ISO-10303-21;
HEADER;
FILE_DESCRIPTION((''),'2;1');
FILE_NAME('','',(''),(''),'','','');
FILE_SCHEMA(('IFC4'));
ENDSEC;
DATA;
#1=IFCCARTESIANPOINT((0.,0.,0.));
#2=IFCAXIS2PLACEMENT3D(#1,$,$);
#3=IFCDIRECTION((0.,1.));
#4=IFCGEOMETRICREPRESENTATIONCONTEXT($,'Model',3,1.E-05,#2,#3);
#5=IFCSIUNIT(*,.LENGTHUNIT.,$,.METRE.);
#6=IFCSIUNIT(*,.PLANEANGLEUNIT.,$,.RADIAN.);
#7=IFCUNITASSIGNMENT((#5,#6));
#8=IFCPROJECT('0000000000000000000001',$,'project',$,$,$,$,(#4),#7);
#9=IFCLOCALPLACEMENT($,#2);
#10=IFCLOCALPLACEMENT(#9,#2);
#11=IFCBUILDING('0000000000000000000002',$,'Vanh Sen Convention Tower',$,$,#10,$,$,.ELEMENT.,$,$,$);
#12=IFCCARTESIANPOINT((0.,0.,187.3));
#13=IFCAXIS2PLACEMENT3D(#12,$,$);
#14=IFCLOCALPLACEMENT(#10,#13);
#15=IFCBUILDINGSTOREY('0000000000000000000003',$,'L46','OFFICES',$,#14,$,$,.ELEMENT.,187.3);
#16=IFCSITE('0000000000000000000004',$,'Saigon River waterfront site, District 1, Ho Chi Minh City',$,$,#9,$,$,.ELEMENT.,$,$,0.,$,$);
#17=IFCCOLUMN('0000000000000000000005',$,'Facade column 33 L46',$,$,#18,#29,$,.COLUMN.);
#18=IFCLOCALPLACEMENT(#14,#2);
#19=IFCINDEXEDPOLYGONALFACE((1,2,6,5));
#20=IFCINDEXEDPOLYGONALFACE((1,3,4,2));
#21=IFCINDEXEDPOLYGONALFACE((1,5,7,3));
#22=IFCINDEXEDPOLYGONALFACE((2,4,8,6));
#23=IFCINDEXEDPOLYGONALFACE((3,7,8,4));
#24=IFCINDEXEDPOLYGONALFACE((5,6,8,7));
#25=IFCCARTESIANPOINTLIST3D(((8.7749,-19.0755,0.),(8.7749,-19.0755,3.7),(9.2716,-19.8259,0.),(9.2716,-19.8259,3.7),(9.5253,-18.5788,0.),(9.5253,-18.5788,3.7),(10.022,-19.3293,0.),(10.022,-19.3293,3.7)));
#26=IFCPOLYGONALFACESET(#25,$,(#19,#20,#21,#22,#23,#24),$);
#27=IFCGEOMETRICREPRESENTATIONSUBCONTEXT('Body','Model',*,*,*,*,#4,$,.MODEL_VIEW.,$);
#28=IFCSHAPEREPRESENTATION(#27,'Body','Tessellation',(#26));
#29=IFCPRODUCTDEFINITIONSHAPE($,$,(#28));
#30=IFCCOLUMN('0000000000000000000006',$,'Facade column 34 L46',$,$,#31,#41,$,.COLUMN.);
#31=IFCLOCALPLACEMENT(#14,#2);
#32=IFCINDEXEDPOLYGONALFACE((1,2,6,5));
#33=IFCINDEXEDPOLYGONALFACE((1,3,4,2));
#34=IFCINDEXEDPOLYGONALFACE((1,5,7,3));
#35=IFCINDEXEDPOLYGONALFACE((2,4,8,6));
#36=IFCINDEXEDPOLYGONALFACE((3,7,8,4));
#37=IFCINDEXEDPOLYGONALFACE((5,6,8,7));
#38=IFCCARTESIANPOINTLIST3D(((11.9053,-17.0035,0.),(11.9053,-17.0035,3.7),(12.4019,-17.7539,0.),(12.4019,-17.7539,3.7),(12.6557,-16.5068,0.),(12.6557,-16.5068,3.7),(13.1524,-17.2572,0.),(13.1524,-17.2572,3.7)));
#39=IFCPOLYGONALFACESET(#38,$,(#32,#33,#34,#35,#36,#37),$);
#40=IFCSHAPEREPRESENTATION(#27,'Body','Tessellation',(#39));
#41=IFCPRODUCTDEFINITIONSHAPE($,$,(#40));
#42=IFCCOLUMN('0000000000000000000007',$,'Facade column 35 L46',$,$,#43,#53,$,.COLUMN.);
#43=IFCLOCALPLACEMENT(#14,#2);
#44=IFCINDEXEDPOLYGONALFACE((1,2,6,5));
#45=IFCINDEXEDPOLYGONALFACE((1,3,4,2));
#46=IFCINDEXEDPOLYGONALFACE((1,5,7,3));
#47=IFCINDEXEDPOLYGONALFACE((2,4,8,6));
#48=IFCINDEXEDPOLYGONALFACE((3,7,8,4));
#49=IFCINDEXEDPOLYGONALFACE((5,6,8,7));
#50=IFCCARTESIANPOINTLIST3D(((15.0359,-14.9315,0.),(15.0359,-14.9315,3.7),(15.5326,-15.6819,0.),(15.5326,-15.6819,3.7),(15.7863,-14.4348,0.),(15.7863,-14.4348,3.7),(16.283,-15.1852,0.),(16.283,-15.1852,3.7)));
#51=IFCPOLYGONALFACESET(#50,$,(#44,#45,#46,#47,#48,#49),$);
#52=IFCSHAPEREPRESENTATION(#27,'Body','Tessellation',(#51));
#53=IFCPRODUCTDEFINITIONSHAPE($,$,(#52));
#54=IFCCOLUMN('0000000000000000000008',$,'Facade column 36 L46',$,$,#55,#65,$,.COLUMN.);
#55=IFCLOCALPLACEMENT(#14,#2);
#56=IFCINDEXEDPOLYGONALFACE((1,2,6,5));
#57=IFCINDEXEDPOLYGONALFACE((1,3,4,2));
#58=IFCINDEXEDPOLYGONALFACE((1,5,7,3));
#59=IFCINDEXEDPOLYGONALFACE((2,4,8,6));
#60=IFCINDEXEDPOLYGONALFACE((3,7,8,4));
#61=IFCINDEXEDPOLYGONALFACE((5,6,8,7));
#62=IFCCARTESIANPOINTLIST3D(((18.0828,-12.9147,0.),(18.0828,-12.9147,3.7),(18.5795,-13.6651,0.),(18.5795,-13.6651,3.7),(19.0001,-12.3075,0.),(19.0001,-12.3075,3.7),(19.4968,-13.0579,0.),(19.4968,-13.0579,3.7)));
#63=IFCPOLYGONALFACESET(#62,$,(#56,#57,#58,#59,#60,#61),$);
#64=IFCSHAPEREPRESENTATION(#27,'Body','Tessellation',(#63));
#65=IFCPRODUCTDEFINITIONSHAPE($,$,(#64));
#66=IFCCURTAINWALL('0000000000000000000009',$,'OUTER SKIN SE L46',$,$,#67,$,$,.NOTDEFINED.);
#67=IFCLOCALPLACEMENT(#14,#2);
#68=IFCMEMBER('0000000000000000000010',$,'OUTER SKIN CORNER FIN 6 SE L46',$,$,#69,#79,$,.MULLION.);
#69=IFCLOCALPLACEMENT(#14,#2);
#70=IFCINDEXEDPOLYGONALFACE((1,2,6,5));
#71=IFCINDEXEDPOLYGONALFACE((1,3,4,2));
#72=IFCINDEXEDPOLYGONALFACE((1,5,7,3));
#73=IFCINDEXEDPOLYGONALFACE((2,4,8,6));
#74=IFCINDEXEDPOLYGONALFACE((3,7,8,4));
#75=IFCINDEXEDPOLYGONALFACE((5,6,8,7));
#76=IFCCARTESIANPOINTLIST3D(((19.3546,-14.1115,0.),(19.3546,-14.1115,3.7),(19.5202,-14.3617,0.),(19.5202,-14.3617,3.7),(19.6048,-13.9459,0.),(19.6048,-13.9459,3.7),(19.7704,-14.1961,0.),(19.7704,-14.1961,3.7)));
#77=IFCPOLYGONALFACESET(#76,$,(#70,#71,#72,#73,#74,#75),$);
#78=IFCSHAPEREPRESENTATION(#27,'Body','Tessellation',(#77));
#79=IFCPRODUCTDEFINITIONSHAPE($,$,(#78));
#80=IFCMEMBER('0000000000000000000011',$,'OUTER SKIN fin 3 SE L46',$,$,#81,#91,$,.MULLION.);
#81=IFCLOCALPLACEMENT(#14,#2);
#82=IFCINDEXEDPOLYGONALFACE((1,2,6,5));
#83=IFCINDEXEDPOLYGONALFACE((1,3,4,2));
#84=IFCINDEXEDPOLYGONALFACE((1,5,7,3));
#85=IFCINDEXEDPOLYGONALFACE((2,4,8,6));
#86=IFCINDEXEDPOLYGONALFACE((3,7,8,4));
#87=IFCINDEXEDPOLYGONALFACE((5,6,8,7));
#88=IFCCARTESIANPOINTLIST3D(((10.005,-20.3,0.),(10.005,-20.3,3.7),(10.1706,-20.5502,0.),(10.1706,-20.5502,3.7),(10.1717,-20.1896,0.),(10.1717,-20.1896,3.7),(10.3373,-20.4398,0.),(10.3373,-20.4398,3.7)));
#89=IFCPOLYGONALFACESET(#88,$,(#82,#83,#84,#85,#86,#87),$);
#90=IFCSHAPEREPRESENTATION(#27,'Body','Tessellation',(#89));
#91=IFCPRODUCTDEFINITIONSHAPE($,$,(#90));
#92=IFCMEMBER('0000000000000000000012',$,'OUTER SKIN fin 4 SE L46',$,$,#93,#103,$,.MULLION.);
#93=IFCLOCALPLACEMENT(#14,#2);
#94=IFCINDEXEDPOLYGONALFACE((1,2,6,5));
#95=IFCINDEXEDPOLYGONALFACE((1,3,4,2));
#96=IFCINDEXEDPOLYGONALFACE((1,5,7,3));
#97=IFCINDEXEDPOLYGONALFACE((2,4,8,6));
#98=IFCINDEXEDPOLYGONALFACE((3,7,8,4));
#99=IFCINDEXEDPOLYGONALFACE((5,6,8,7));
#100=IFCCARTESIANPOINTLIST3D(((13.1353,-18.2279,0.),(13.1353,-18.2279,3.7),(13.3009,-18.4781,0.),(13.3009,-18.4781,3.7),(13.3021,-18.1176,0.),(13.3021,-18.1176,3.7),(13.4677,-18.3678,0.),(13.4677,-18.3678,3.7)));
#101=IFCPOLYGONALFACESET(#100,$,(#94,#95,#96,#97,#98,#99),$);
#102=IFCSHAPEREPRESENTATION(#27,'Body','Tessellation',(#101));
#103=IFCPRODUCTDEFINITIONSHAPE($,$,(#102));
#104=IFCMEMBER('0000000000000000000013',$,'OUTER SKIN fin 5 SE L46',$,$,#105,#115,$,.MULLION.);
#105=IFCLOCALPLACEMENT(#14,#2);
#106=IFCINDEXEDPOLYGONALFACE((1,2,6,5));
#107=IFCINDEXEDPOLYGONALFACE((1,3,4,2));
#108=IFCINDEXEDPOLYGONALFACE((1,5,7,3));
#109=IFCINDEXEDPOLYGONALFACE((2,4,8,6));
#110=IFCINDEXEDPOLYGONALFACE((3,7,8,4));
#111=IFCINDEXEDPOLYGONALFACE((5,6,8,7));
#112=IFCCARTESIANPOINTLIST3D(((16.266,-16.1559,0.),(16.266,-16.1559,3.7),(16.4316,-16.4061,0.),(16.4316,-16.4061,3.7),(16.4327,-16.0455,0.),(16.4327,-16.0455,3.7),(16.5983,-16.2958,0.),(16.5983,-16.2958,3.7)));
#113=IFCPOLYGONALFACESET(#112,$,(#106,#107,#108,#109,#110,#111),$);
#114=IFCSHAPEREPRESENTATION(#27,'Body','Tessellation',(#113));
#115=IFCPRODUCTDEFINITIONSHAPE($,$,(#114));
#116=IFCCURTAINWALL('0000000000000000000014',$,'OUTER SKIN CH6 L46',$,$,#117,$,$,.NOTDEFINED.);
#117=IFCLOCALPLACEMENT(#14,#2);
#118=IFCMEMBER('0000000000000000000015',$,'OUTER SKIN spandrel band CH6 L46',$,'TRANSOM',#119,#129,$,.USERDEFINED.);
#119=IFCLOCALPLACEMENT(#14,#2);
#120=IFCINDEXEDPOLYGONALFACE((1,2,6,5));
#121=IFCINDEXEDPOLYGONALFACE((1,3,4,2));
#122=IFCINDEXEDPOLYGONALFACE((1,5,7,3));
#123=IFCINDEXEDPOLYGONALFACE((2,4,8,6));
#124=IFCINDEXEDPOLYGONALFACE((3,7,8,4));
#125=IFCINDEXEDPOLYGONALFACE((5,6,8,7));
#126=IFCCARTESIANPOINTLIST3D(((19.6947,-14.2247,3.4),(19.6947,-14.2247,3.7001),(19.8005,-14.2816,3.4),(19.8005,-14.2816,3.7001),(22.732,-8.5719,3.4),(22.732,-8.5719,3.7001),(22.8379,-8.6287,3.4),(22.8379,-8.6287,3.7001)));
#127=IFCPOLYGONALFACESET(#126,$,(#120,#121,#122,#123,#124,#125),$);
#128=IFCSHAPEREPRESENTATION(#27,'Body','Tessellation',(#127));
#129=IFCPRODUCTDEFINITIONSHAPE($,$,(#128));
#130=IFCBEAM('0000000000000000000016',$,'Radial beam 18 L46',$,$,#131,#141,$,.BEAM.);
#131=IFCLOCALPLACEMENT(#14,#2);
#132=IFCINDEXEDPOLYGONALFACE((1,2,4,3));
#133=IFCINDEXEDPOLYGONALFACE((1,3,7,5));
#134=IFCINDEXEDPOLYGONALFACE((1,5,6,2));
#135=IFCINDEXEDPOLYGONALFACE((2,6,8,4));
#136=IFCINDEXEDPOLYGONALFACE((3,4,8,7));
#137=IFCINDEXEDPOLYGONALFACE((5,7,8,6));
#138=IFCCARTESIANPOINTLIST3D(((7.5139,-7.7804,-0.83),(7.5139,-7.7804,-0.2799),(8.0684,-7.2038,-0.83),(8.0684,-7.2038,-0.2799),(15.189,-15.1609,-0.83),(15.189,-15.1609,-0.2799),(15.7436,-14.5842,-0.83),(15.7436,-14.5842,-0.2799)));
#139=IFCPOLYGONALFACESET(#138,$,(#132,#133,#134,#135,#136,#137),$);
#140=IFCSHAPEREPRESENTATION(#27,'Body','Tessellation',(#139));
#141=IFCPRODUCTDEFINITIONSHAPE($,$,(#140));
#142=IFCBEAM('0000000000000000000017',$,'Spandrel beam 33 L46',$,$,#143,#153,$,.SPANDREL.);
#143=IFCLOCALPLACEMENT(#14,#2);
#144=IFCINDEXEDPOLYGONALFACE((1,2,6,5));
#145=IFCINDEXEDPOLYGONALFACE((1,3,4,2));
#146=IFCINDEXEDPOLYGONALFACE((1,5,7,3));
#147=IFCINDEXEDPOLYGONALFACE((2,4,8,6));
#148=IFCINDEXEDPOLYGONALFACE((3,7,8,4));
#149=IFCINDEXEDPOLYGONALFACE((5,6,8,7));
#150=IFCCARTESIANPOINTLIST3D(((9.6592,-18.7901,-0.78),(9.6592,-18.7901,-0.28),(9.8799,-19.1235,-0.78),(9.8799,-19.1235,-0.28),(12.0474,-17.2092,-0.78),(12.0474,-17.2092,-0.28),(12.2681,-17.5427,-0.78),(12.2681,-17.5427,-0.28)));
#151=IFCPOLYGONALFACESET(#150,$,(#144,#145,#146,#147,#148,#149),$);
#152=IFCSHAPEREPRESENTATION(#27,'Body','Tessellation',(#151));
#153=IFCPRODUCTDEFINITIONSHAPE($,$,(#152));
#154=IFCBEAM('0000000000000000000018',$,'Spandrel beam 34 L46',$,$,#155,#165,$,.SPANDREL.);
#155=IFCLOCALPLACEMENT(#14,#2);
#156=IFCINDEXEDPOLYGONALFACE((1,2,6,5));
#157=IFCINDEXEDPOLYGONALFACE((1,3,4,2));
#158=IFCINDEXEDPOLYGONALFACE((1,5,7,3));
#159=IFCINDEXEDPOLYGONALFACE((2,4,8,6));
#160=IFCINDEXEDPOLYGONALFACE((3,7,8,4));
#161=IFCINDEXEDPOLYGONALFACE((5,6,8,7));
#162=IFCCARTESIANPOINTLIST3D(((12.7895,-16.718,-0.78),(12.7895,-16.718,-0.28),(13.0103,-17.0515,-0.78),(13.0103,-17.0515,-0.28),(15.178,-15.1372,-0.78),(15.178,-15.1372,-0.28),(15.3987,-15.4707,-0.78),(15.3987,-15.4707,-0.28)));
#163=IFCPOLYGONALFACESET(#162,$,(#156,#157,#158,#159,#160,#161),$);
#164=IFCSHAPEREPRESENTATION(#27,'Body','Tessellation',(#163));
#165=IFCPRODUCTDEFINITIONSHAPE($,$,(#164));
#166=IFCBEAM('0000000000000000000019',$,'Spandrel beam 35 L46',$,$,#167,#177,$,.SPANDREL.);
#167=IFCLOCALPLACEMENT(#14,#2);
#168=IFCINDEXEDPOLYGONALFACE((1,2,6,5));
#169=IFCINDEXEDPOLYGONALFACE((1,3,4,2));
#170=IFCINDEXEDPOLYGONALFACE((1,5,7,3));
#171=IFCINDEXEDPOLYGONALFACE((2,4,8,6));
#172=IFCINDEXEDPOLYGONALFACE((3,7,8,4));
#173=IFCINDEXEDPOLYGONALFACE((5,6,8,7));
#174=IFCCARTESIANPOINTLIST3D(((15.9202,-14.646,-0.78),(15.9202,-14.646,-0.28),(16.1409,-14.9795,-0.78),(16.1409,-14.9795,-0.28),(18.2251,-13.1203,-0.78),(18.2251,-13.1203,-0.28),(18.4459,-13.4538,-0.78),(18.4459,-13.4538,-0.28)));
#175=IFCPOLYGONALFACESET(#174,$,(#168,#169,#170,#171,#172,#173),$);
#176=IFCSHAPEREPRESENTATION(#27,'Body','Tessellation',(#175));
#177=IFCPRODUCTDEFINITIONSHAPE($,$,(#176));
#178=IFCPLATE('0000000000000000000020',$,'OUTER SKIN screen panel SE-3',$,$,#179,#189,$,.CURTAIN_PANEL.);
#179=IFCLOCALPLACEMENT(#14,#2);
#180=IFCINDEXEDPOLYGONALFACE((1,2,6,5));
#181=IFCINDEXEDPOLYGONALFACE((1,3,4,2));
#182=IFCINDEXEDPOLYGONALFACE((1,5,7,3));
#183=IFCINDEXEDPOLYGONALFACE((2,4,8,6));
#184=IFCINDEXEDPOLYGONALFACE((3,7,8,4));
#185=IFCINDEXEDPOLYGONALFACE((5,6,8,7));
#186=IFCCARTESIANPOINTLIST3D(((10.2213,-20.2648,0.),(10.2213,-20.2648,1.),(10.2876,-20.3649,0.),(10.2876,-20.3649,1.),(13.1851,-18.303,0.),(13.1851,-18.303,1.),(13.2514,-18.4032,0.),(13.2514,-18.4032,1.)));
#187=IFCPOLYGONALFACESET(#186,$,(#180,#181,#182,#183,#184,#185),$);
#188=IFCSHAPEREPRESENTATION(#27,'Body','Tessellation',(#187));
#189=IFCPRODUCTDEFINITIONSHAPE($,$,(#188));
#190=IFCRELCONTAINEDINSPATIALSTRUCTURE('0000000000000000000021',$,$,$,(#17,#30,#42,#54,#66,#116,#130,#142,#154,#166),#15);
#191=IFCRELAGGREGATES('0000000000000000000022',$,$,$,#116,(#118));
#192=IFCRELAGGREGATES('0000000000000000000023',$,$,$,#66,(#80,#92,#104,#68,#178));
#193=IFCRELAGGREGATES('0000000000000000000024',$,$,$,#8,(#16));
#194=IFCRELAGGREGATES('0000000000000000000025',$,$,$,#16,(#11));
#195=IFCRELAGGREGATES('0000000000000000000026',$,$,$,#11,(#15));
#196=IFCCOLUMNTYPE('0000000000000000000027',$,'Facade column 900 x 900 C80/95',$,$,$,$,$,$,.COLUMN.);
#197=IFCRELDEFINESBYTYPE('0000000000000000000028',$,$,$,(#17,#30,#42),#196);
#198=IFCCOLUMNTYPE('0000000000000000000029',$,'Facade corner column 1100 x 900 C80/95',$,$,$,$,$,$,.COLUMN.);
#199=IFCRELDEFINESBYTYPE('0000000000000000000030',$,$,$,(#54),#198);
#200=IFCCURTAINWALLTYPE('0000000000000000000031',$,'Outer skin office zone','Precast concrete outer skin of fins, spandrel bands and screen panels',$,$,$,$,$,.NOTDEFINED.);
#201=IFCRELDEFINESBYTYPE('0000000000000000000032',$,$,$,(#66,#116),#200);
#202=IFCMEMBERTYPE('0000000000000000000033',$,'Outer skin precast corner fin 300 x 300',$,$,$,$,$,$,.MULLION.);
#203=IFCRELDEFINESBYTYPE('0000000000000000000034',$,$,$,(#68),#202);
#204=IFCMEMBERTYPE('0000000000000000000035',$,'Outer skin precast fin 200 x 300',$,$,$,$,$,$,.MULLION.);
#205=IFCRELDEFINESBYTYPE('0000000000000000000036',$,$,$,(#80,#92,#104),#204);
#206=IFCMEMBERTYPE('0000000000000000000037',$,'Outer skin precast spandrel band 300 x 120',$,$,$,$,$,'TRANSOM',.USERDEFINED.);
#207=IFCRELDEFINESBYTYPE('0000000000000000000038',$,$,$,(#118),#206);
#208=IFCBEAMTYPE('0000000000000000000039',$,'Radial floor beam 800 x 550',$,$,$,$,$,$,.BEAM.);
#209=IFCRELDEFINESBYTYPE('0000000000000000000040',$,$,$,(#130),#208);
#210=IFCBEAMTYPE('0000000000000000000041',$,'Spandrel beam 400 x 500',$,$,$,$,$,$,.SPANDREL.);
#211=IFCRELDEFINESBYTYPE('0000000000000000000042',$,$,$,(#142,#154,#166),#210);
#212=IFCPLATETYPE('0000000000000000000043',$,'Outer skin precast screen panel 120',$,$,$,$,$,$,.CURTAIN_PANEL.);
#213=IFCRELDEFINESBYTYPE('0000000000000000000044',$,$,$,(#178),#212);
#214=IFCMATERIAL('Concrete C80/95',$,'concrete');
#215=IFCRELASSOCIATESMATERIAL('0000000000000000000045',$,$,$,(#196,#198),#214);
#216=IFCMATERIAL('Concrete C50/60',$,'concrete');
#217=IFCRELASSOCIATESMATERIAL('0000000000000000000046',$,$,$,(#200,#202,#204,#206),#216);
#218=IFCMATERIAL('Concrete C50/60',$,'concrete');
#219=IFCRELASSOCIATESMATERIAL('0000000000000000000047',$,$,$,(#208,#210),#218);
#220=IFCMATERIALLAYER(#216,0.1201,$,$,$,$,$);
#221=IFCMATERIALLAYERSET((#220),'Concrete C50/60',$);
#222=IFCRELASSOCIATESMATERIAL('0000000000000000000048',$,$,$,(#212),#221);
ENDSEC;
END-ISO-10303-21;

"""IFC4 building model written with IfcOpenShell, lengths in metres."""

from ifc_helpers import new_model, si_unit, direction, frame, origin, origin_2d, place, context, subcontext, project, spatial, rectangle, extrude, material, layer, layer_set, material_profile, profile_set, type_object, element, aggregate, save


model = new_model("IFC4")

# Units and contexts
model_context = context("Model", 3, precision=1e-05, world=origin(), true_north=direction((0.0, 1.0)))
body_context = subcontext(model_context, "Body", "Model", "MODEL_VIEW")
ifc_project = project(units=[si_unit("LENGTHUNIT", "METRE"), si_unit("PLANEANGLEUNIT", "RADIAN")], contexts=[model_context])

# Site, building, storey
site_placement = place(None, origin())
site = spatial("IfcSite", under=ifc_project, at=site_placement, Name="Saigon River waterfront site, District 1, Ho Chi Minh City", CompositionType="ELEMENT", RefElevation=0.0)
building_placement = place(site_placement, origin())
building = spatial("IfcBuilding", under=site, at=building_placement, Name="Vanh Sen Convention Tower", CompositionType="ELEMENT")
storey_placement = place(building_placement, frame((0.0, 0.0, 187.3)))
storey = spatial("IfcBuildingStorey", under=building, at=storey_placement, Name="L46", Description="OFFICES", CompositionType="ELEMENT", Elevation=187.3)

# Columns
ifc_material_1 = material(Name="Concrete C80/95", Category="concrete")
ifc_material_profile_1 = material_profile(ifc_material_1, rectangle(XDim=0.8999, YDim=0.8999, at=origin_2d()), Name="RC 900X900")
ifc_profile_set_1 = profile_set([ifc_material_profile_1], Name="Concrete C80/95")
column_type_1 = type_object("IfcColumnType", Name="Facade column 900 x 900 C80/95", PredefinedType="COLUMN", material=ifc_profile_set_1)
for number, where, z_axis, x_axis, name in (
    (1, (9.3984, -19.2024, 0.0), (0.0, 0.0, 1.0), (0.833886, 0.551937, 0.0), "Facade column 33 L46"),
    (2, (12.5288, -17.1304, 0.0), (0.0, 0.0, 1.0), (0.833886, 0.551937, 0.0), "Facade column 34 L46"),
    (3, (15.6594, -15.0583, 0.0), (0.0, 0.0, 1.0), (0.833886, 0.551937, 0.0), "Facade column 35 L46"),
):
    element("IfcColumn", number, at=place(storey_placement, frame(where, z_axis=z_axis, x_axis=x_axis)), inside=storey, type_object=column_type_1, Name=name, PredefinedType="COLUMN", context=body_context, shape_type="SweptSolid", body=[
        extrude(rectangle(XDim=0.8999, YDim=0.8999, at=origin_2d()), origin(), (0.0, 0.0, 1.0), 3.7),
    ])
ifc_material_profile_2 = material_profile(ifc_material_1, rectangle(XDim=1.1001, YDim=0.8999, at=origin_2d()), Name="RC 1100X900")
ifc_profile_set_2 = profile_set([ifc_material_profile_2], Name="Concrete C80/95")
column_type_2 = type_object("IfcColumnType", Name="Facade corner column 1100 x 900 C80/95", PredefinedType="COLUMN", material=ifc_profile_set_2)
column_placement = place(storey_placement, frame((18.7898, -12.9863, 0.0), z_axis=(0.0, 0.0, 1.0), x_axis=(0.833886, 0.551937, 0.0)))
element("IfcColumn", 4, at=column_placement, inside=storey, type_object=column_type_2, Name="Facade column 36 L46", PredefinedType="COLUMN", context=body_context, shape_type="SweptSolid", body=[
    extrude(rectangle(XDim=1.1001, YDim=0.8999, at=origin_2d()), origin(), (0.0, 0.0, 1.0), 3.7),
])

# Curtain wall, members
ifc_material_2 = material(Name="Concrete C50/60", Category="concrete")
curtain_wall_type = type_object("IfcCurtainWallType", Name="Outer skin office zone", Description="Precast concrete outer skin of fins, spandrel bands and screen panels", PredefinedType="NOTDEFINED", material=ifc_material_2)
curtain_wall_1_placement = place(storey_placement, origin())
curtain_wall_1 = element("IfcCurtainWall", 5, at=curtain_wall_1_placement, inside=storey, type_object=curtain_wall_type, Name="OUTER SKIN SE L46", PredefinedType="NOTDEFINED")
ifc_material_profile_3 = material_profile(ifc_material_2, rectangle(XDim=0.3, YDim=0.3, at=origin_2d()), Name="Outer skin precast corner fin 300 x 300")
ifc_profile_set_3 = profile_set([ifc_material_profile_3], Name="Concrete C50/60")
member_type_1 = type_object("IfcMemberType", Name="Outer skin precast corner fin 300 x 300", PredefinedType="MULLION", material=ifc_profile_set_3)
member_1_placement = place(storey_placement, frame((19.5625, -14.1538, 0.0), z_axis=(0.0, 0.0, 1.0), x_axis=(0.833886, 0.551937, 0.0)))
member_1 = element("IfcMember", 6, at=member_1_placement, type_object=member_type_1, Name="OUTER SKIN CORNER FIN 6 SE L46", PredefinedType="MULLION", context=body_context, shape_type="SweptSolid", body=[
    extrude(rectangle(XDim=0.3, YDim=0.3, at=origin_2d()), origin(), (0.0, 0.0, 1.0), 3.7),
])
ifc_material_profile_4 = material_profile(ifc_material_2, rectangle(XDim=0.2, YDim=0.3, at=origin_2d()), Name="Outer skin precast fin 200 x 300")
ifc_profile_set_4 = profile_set([ifc_material_profile_4], Name="Concrete C50/60")
member_type_2 = type_object("IfcMemberType", Name="Outer skin precast fin 200 x 300", PredefinedType="MULLION", material=ifc_profile_set_4)
member_2_placement = place(storey_placement, frame((10.1711, -20.3699, 0.0), z_axis=(0.0, 0.0, 1.0), x_axis=(0.833886, 0.551937, 0.0)))
member_2 = element("IfcMember", 7, at=member_2_placement, type_object=member_type_2, Name="OUTER SKIN fin 3 SE L46", PredefinedType="MULLION", context=body_context, shape_type="SweptSolid", body=[
    extrude(rectangle(XDim=0.2, YDim=0.3, at=origin_2d()), origin(), (0.0, 0.0, 1.0), 3.7),
])
member_3_placement = place(storey_placement, frame((13.3015, -18.2979, 0.0), z_axis=(0.0, 0.0, 1.0), x_axis=(0.833886, 0.551937, 0.0)))
member_3 = element("IfcMember", 8, at=member_3_placement, type_object=member_type_2, Name="OUTER SKIN fin 4 SE L46", PredefinedType="MULLION", context=body_context, shape_type="SweptSolid", body=[
    extrude(rectangle(XDim=0.2, YDim=0.3, at=origin_2d()), origin(), (0.0, 0.0, 1.0), 3.7),
])
member_4_placement = place(storey_placement, frame((16.4321, -16.2258, 0.0), z_axis=(0.0, 0.0, 1.0), x_axis=(0.833886, 0.551937, 0.0)))
member_4 = element("IfcMember", 9, at=member_4_placement, type_object=member_type_2, Name="OUTER SKIN fin 5 SE L46", PredefinedType="MULLION", context=body_context, shape_type="SweptSolid", body=[
    extrude(rectangle(XDim=0.2, YDim=0.3, at=origin_2d()), origin(), (0.0, 0.0, 1.0), 3.7),
])

# Curtain wall, member
curtain_wall_2_placement = place(storey_placement, origin())
curtain_wall_2 = element("IfcCurtainWall", 10, at=curtain_wall_2_placement, inside=storey, type_object=curtain_wall_type, Name="OUTER SKIN CH6 L46", PredefinedType="NOTDEFINED")
ifc_material_profile_5 = material_profile(ifc_material_2, rectangle(XDim=0.1201, YDim=0.3, at=origin_2d()), Name="Outer skin precast spandrel band 300 x 120")
ifc_profile_set_5 = profile_set([ifc_material_profile_5], Name="Concrete C50/60")
member_type_3 = type_object("IfcMemberType", Name="Outer skin precast spandrel band 300 x 120", ElementType="TRANSOM", PredefinedType="USERDEFINED", material=ifc_profile_set_5)
member_5_placement = place(storey_placement, frame((19.7476, -14.2532, 3.55), z_axis=(0.473317, 0.880892, 0.0), x_axis=(-0.880892, 0.473317, 0.0)))
member_5 = element("IfcMember", 11, at=member_5_placement, type_object=member_type_3, Name="OUTER SKIN spandrel band CH6 L46", ObjectType="TRANSOM", PredefinedType="USERDEFINED", context=body_context, shape_type="SweptSolid", body=[
    extrude(rectangle(XDim=0.1201, YDim=0.3, at=origin_2d()), origin(), (0.0, 0.0, 1.0), 6.4172),
])
aggregate(curtain_wall_2, [member_5])

# Beams
ifc_material_3 = material(Name="Concrete C50/60", Category="concrete")
ifc_material_profile_6 = material_profile(ifc_material_3, rectangle(XDim=0.8, YDim=0.55, at=origin_2d()), Name="RC 800X550")
ifc_profile_set_6 = profile_set([ifc_material_profile_6], Name="Concrete C50/60")
beam_type_1 = type_object("IfcBeamType", Name="Radial floor beam 800 x 550", PredefinedType="BEAM", material=ifc_profile_set_6)
beam_1_placement = place(storey_placement, frame((15.4663, -14.8726, -0.5549), z_axis=(-0.720809, 0.693134, 0.0), x_axis=(-0.693134, -0.720809, 0.0)))
element("IfcBeam", 12, at=beam_1_placement, inside=storey, type_object=beam_type_1, Name="Radial beam 18 L46", PredefinedType="BEAM", context=body_context, shape_type="SweptSolid", body=[
    extrude(rectangle(XDim=0.8, YDim=0.55, at=origin_2d()), origin(), (0.0, 0.0, 1.0), 10.6479),
])
ifc_material_profile_7 = material_profile(ifc_material_3, rectangle(XDim=0.3999, YDim=0.5, at=origin_2d()), Name="RC 400X500")
ifc_profile_set_7 = profile_set([ifc_material_profile_7], Name="Concrete C50/60")
beam_type_2 = type_object("IfcBeamType", Name="Spandrel beam 400 x 500", PredefinedType="SPANDREL", material=ifc_profile_set_7)
beam_2_placement = place(storey_placement, frame((9.7695, -18.9568, -0.53), z_axis=(0.833869, 0.551963, 0.0), x_axis=(-0.551963, 0.833869, 0.0)))
element("IfcBeam", 13, at=beam_2_placement, inside=storey, type_object=beam_type_2, Name="Spandrel beam 33 L46", PredefinedType="SPANDREL", context=body_context, shape_type="SweptSolid", body=[
    extrude(rectangle(XDim=0.3999, YDim=0.5, at=origin_2d()), origin(), (0.0, 0.0, 1.0), 2.864),
])
beam_3_placement = place(storey_placement, frame((12.8999, -16.8848, -0.53), z_axis=(0.833895, 0.551924, 0.0), x_axis=(-0.551924, 0.833895, 0.0)))
element("IfcBeam", 14, at=beam_3_placement, inside=storey, type_object=beam_type_2, Name="Spandrel beam 34 L46", PredefinedType="SPANDREL", context=body_context, shape_type="SweptSolid", body=[
    extrude(rectangle(XDim=0.3999, YDim=0.5, at=origin_2d()), origin(), (0.0, 0.0, 1.0), 2.8643),
])
beam_4_placement = place(storey_placement, frame((16.0305, -14.8127, -0.53), z_axis=(0.83388, 0.551945, 0.0), x_axis=(-0.551945, 0.83388, 0.0)))
element("IfcBeam", 15, at=beam_4_placement, inside=storey, type_object=beam_type_2, Name="Spandrel beam 35 L46", PredefinedType="SPANDREL", context=body_context, shape_type="SweptSolid", body=[
    extrude(rectangle(XDim=0.3999, YDim=0.5, at=origin_2d()), origin(), (0.0, 0.0, 1.0), 2.7642),
])

# Plate
ifc_layer_1 = layer(ifc_material_2, 0.1201)
ifc_layer_set_1 = layer_set([ifc_layer_1], Name="Concrete C50/60")
plate_type = type_object("IfcPlateType", Name="Outer skin precast screen panel 120", PredefinedType="CURTAIN_PANEL", material=ifc_layer_set_1)
plate_1_placement = place(storey_placement, frame((11.7363, -19.334, 0.0), z_axis=(0.0, 0.0, 1.0), x_axis=(0.833877, 0.55195, 0.0)))
plate_1 = element("IfcPlate", 16, at=plate_1_placement, type_object=plate_type, Name="OUTER SKIN screen panel SE-3", PredefinedType="CURTAIN_PANEL", context=body_context, shape_type="SweptSolid", body=[
    extrude(rectangle(XDim=3.5542, YDim=0.1201, at=origin_2d()), origin(), (0.0, 0.0, 1.0), 1.0),
])
aggregate(curtain_wall_1, [member_2, member_3, member_4, member_1, plate_1])

save(model, "model.ifc")
